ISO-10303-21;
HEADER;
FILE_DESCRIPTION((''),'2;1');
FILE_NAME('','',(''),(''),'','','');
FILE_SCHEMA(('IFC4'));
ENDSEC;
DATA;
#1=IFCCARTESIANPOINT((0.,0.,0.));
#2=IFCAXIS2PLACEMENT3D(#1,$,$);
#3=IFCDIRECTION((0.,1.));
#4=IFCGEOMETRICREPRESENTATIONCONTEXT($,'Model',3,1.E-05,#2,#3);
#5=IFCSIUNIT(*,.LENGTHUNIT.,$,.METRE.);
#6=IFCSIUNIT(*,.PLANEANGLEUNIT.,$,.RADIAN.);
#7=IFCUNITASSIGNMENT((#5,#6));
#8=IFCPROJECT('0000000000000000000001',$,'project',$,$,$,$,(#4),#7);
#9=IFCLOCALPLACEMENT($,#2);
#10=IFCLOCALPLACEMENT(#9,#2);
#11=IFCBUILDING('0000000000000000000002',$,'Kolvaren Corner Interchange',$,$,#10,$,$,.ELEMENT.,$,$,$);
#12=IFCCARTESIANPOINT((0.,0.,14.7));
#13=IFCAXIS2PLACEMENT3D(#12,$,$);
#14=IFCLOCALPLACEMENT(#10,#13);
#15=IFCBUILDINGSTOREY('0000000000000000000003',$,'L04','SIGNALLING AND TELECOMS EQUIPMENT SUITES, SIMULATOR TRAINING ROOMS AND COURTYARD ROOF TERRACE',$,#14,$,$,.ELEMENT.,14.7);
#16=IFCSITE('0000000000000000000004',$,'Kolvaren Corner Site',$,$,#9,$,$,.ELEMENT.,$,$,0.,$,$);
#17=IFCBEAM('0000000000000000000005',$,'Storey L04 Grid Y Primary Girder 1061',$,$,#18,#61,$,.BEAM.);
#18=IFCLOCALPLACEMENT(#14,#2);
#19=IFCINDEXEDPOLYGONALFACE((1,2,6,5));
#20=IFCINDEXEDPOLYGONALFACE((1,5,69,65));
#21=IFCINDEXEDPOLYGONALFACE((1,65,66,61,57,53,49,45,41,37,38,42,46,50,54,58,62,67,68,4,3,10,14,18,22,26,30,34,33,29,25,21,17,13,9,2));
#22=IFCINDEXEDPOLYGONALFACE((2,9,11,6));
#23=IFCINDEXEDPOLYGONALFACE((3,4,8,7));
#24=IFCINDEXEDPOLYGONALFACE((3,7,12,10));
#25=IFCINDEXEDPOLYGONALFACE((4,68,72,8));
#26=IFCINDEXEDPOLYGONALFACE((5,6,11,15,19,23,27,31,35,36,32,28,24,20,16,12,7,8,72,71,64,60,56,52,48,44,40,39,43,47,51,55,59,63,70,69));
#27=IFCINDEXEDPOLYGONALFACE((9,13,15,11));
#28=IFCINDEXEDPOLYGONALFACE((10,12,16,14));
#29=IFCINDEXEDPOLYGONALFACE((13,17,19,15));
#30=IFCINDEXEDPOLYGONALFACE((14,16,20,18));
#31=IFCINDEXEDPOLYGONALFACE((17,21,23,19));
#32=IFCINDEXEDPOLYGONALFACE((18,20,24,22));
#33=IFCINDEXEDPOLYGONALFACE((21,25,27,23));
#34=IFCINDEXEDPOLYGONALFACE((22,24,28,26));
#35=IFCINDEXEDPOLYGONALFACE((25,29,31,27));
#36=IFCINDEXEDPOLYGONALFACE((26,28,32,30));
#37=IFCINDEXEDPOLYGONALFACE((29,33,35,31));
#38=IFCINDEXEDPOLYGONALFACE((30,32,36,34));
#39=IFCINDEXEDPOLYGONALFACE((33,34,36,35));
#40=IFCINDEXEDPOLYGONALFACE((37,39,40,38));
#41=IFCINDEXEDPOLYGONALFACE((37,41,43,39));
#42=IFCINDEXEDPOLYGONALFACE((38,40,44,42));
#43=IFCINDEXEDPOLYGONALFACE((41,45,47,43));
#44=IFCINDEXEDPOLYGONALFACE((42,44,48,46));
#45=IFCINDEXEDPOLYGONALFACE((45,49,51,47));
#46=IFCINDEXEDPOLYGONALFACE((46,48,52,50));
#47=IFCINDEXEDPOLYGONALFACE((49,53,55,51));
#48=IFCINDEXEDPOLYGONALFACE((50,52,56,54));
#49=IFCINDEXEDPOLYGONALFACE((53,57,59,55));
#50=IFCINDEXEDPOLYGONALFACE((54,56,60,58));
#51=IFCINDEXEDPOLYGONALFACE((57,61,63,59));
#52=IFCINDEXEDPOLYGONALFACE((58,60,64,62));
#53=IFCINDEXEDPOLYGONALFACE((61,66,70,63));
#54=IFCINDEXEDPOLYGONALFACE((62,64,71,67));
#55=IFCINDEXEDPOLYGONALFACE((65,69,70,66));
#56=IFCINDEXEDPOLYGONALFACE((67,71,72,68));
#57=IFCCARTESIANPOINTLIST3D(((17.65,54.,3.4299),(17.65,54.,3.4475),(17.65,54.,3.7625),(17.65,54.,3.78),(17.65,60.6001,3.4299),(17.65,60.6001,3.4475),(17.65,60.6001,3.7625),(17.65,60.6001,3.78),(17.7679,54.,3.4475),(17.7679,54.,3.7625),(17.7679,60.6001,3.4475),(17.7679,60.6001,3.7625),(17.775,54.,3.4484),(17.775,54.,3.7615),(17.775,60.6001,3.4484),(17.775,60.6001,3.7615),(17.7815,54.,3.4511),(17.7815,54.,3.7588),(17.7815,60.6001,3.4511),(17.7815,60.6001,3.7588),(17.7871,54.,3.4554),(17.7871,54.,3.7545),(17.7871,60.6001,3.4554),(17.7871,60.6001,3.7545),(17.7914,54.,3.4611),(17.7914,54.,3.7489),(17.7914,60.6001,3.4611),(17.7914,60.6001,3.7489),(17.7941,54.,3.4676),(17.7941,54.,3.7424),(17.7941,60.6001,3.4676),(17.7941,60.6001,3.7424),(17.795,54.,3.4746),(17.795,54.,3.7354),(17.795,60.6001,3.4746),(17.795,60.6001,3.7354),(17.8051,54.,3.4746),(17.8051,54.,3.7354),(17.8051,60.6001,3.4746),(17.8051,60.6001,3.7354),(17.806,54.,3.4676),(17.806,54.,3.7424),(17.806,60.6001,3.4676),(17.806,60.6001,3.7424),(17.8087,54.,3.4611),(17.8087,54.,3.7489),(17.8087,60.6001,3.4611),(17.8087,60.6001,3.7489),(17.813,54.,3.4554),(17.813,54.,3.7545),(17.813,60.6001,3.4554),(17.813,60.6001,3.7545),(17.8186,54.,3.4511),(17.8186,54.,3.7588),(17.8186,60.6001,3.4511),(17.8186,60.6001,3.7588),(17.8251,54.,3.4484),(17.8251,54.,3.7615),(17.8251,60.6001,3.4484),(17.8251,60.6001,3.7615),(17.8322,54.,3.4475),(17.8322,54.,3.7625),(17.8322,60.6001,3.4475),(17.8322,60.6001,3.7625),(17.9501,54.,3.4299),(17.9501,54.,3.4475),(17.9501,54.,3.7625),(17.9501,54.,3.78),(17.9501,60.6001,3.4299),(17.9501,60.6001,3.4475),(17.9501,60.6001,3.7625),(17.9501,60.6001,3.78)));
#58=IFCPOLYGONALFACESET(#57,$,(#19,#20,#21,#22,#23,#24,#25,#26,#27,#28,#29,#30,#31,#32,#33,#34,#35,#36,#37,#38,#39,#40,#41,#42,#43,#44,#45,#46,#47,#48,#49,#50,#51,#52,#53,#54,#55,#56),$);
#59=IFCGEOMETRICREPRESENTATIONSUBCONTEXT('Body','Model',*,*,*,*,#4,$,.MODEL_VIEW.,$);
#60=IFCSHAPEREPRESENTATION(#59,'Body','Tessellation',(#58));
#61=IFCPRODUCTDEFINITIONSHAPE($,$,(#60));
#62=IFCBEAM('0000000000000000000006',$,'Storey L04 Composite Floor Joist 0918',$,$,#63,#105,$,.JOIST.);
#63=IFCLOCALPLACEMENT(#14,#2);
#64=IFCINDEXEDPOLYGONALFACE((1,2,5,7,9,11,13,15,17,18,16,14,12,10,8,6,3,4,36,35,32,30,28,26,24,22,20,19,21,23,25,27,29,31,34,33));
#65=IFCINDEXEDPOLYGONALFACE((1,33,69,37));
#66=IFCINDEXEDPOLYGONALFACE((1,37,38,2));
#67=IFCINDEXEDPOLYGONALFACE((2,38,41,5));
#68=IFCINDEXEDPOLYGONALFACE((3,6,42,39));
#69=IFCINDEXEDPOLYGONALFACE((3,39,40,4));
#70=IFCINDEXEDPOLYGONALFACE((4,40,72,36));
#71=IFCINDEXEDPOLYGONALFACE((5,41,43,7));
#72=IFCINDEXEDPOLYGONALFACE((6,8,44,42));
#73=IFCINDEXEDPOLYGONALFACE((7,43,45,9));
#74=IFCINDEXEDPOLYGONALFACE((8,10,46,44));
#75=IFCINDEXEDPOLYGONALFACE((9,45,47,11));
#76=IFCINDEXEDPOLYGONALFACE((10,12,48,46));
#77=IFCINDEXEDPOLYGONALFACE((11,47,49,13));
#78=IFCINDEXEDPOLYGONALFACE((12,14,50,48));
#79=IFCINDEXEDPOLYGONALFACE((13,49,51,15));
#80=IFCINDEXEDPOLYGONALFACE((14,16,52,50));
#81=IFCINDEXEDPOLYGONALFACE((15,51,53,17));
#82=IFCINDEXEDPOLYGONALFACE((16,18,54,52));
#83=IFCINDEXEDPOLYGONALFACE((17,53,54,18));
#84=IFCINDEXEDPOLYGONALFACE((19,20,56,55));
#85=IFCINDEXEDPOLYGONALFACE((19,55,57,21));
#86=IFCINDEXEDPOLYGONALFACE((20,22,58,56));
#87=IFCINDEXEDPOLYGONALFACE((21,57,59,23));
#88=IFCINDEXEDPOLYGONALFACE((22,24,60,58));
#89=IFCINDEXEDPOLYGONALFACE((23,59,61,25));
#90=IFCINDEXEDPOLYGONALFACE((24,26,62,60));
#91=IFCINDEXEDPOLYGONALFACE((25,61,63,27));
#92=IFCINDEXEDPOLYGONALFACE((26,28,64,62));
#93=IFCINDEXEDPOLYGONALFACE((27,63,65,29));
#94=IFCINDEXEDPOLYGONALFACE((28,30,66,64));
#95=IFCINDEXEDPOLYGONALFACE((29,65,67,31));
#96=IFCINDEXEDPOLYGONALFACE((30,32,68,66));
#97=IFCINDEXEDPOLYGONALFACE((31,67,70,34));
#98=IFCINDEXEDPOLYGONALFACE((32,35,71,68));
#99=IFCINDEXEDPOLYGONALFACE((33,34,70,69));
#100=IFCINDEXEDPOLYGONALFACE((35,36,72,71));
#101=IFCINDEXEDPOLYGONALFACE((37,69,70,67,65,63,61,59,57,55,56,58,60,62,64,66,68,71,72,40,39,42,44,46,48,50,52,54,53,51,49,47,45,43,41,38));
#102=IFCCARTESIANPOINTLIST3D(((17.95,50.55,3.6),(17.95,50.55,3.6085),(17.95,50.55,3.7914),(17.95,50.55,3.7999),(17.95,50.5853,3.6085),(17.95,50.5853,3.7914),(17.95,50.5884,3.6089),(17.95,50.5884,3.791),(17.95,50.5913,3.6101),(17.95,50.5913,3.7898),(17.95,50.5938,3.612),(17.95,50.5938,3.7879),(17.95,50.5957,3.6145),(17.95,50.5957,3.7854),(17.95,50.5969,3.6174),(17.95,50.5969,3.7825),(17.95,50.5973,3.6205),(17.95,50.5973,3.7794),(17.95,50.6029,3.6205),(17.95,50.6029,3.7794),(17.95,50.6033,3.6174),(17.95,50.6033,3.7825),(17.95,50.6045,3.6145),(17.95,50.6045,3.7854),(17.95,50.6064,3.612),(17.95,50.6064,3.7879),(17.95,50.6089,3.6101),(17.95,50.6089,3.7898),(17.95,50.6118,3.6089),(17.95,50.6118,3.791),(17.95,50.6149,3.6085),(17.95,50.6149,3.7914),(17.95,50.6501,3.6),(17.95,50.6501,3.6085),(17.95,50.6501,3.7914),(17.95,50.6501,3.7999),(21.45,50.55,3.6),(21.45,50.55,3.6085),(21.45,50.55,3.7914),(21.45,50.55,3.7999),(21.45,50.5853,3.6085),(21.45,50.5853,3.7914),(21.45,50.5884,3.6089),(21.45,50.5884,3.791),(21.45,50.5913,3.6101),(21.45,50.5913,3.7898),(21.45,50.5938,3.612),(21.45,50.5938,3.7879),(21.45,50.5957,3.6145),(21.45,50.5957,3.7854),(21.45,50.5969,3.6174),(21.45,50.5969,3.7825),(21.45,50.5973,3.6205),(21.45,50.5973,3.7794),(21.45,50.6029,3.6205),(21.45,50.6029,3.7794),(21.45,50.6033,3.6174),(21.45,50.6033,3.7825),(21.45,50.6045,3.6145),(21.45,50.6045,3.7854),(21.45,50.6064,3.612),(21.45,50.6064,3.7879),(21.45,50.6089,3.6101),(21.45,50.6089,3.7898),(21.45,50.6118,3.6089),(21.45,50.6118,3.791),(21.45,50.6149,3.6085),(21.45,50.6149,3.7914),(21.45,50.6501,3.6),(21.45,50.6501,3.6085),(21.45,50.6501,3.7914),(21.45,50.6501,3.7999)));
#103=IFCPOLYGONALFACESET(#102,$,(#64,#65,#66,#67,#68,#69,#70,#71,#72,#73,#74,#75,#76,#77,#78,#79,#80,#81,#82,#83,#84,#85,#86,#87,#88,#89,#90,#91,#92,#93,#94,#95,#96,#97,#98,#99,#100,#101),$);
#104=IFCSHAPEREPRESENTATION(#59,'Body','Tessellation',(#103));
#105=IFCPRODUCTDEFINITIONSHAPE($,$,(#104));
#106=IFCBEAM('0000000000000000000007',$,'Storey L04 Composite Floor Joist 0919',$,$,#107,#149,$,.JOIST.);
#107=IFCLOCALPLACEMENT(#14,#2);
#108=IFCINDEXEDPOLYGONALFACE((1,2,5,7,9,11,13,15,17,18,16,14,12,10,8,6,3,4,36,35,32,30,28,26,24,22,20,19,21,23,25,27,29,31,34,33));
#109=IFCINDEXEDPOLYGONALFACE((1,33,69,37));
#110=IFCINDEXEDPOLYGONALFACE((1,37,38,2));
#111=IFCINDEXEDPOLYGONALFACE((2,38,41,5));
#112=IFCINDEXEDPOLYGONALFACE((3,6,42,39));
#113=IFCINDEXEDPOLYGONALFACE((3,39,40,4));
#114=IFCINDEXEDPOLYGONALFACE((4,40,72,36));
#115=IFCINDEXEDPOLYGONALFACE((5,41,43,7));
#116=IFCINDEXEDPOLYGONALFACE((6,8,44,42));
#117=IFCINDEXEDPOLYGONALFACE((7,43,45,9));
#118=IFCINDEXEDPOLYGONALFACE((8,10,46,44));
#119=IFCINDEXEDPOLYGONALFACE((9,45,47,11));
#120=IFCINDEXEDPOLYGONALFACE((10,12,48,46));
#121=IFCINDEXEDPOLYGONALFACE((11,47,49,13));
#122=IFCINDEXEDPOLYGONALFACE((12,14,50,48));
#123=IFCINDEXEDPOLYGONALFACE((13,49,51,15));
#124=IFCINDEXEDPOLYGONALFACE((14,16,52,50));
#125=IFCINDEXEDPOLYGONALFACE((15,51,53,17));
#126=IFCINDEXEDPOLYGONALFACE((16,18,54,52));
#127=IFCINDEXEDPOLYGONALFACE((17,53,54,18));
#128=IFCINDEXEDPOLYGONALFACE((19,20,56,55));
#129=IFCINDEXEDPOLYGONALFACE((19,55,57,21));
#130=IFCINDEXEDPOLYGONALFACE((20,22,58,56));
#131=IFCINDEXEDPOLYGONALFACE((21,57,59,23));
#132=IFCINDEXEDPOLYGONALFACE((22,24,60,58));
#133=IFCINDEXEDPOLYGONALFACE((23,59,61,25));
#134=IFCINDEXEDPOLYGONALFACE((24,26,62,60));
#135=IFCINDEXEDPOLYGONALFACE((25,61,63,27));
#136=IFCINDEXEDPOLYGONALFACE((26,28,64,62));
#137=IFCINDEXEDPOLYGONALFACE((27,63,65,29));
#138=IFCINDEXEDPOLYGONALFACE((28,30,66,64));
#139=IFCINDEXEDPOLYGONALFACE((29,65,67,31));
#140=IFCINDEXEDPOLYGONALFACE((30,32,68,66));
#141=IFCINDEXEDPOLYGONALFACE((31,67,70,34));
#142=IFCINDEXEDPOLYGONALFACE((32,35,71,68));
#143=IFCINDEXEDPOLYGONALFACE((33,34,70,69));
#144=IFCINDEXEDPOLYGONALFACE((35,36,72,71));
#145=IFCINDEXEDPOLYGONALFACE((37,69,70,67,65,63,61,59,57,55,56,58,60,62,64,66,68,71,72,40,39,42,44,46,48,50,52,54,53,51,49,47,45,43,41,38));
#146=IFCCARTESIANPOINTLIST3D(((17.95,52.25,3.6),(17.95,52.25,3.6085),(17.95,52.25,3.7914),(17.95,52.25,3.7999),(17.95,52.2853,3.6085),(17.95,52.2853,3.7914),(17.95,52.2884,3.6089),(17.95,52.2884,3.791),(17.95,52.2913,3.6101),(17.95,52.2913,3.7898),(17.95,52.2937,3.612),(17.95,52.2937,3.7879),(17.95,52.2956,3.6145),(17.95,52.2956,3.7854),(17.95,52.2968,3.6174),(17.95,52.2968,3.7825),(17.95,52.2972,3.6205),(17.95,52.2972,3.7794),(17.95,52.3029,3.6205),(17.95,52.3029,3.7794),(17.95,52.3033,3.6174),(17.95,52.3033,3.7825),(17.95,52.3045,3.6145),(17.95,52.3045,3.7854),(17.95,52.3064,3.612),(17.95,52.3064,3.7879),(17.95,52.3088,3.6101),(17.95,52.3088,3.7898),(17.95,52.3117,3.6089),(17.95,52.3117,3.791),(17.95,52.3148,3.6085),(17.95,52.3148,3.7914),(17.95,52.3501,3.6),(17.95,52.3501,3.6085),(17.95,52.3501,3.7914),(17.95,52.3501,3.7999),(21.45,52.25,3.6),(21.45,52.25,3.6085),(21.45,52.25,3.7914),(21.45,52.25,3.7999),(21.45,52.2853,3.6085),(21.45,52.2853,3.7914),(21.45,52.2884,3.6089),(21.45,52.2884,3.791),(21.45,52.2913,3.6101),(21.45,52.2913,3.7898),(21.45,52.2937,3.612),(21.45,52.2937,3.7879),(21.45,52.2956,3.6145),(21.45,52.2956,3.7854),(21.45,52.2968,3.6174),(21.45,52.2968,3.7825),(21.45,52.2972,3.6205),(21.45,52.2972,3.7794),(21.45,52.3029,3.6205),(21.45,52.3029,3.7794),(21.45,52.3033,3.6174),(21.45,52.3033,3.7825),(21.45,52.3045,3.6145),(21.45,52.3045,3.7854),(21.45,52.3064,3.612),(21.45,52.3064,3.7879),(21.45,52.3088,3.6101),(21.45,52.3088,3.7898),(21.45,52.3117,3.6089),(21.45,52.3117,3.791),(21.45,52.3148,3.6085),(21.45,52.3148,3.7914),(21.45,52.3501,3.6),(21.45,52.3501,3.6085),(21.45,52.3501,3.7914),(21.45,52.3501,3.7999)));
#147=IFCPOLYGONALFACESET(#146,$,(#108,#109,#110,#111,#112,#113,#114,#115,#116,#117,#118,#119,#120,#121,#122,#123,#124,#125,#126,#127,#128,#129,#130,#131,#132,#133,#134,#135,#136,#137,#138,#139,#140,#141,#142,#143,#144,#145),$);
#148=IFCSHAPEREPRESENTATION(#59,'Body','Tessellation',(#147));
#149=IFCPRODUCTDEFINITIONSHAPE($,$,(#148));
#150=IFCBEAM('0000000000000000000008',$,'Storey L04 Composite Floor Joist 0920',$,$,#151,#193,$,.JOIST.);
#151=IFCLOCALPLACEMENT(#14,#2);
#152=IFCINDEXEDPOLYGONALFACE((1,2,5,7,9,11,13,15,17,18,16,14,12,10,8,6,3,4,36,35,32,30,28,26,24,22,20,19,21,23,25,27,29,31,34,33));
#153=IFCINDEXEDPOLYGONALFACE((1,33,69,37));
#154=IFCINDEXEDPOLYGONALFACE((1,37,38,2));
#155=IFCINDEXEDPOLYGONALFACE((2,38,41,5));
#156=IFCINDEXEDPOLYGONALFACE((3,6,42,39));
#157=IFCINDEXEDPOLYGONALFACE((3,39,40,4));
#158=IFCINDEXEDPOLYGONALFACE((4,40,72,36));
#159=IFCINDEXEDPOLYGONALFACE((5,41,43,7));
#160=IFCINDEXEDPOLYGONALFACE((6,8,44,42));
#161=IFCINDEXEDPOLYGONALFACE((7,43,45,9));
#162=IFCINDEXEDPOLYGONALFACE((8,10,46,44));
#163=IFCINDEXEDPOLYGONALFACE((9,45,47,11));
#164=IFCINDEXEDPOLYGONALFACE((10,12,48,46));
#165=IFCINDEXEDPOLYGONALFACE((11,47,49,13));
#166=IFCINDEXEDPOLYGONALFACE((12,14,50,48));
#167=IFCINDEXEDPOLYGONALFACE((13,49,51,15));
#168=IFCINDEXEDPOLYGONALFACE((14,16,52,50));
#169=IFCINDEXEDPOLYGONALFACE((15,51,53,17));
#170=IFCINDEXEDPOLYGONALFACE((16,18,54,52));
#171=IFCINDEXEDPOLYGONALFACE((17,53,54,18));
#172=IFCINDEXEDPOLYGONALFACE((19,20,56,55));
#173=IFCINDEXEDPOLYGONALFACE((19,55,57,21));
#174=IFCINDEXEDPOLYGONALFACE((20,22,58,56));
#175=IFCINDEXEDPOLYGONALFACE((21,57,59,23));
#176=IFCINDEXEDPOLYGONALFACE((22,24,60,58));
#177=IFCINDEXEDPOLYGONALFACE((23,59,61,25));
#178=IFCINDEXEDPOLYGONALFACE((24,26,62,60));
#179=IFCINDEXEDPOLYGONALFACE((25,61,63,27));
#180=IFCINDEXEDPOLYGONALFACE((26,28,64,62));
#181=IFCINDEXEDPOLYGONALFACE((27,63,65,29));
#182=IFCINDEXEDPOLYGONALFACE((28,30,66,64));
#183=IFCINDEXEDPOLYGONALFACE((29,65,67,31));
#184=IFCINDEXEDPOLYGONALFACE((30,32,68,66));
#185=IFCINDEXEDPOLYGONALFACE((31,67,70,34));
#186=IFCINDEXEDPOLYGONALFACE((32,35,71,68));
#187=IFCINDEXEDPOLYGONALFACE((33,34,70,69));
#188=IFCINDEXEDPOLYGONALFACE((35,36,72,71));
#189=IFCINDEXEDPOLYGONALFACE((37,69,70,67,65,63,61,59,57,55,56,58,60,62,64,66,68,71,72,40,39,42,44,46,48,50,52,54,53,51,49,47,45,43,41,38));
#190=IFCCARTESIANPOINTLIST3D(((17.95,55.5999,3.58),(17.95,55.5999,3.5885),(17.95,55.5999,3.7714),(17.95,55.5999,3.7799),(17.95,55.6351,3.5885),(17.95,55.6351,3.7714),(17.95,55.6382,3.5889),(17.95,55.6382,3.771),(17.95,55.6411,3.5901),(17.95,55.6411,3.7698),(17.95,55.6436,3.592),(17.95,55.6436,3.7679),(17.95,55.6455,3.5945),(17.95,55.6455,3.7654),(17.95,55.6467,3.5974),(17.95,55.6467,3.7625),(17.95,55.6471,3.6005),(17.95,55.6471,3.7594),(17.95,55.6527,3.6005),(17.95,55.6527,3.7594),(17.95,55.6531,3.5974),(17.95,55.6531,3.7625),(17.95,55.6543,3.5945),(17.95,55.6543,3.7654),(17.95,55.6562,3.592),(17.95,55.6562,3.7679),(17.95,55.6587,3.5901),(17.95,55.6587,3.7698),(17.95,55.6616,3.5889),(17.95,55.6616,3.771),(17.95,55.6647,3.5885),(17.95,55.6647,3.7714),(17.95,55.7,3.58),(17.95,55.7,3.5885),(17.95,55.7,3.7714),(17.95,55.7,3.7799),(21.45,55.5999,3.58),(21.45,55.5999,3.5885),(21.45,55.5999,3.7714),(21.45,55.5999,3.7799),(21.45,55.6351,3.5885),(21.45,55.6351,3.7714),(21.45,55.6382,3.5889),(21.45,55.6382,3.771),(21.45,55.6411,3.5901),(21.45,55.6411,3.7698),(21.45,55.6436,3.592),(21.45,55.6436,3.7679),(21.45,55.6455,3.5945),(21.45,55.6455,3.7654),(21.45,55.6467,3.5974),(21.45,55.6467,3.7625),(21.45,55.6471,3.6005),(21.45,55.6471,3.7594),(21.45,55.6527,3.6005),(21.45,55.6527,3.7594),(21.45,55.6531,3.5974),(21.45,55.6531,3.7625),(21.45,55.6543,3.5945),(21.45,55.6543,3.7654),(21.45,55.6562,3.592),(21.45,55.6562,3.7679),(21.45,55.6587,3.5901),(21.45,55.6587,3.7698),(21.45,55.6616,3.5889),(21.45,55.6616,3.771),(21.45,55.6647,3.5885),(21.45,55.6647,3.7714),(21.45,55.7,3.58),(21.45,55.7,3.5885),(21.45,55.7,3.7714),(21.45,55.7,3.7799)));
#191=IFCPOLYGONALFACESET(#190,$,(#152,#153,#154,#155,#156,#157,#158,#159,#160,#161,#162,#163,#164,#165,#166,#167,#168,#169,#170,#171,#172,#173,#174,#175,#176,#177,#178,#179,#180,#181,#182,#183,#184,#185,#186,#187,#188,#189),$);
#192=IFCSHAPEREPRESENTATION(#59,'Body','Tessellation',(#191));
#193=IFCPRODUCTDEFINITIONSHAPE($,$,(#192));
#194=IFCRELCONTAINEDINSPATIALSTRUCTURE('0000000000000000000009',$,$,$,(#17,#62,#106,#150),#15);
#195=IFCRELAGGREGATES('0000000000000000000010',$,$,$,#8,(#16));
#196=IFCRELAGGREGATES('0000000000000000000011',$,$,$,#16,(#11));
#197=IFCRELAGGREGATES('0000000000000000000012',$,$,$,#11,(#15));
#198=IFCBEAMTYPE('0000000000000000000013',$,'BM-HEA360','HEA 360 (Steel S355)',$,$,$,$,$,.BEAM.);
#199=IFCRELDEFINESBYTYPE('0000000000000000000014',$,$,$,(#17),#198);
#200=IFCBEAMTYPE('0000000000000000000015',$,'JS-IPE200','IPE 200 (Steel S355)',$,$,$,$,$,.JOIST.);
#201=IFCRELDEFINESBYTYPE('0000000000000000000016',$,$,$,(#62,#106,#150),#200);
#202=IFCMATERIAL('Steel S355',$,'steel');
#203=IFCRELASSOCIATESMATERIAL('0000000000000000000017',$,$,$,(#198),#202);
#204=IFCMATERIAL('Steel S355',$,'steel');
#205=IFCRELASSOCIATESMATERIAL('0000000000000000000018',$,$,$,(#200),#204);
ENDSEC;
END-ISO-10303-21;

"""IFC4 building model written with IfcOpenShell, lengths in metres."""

from ifc_helpers import new_model, si_unit, direction, frame, origin, origin_2d, place, context, subcontext, project, spatial, i_section, extrude, material, material_profile, profile_set, type_object, element, save


model = new_model("IFC4")

# Units and contexts
model_context = context("Model", 3, precision=1e-05, world=origin(), true_north=direction((0.0, 1.0)))
body_context = subcontext(model_context, "Body", "Model", "MODEL_VIEW")
ifc_project = project(units=[si_unit("LENGTHUNIT", "METRE"), si_unit("PLANEANGLEUNIT", "RADIAN")], contexts=[model_context])

# Site, building, storey
site_placement = place(None, origin())
site = spatial("IfcSite", under=ifc_project, at=site_placement, Name="Kolvaren Corner Site", CompositionType="ELEMENT", RefElevation=0.0)
building_placement = place(site_placement, origin())
building = spatial("IfcBuilding", under=site, at=building_placement, Name="Kolvaren Corner Interchange", CompositionType="ELEMENT")
storey_placement = place(building_placement, frame((0.0, 0.0, 14.7)))
storey = spatial("IfcBuildingStorey", under=building, at=storey_placement, Name="L04", Description="SIGNALLING AND TELECOMS EQUIPMENT SUITES, SIMULATOR TRAINING ROOMS AND COURTYARD ROOF TERRACE", CompositionType="ELEMENT", Elevation=14.7)

# Beams
ifc_material_1 = material(Name="Steel S355", Category="steel")
ifc_material_profile_1 = material_profile(ifc_material_1, i_section(OverallWidth=0.3, OverallDepth=0.3501, WebThickness=0.01, FlangeThickness=0.0176, FilletRadius=0.0271, at=origin_2d()), Name="HEA 360")
ifc_profile_set_1 = profile_set([ifc_material_profile_1], Name="Steel S355")
beam_type_1 = type_object("IfcBeamType", Name="BM-HEA360", Description="HEA 360 (Steel S355)", PredefinedType="BEAM", material=ifc_profile_set_1)
beam_placement = place(storey_placement, frame((17.8, 54.0, 3.605), z_axis=(0.0, 1.0, 0.0), x_axis=(-1.0, 0.0, 0.0)))
element("IfcBeam", 1, at=beam_placement, inside=storey, type_object=beam_type_1, Name="Storey L04 Grid Y Primary Girder 1061", PredefinedType="BEAM", context=body_context, shape_type="SweptSolid", body=[
    extrude(i_section(OverallWidth=0.3, OverallDepth=0.3501, WebThickness=0.01, FlangeThickness=0.0176, FilletRadius=0.0271, at=origin_2d()), origin(), (0.0, 0.0, 1.0), 6.6001),
])
ifc_material_2 = material(Name="Steel S355", Category="steel")
ifc_material_profile_2 = material_profile(ifc_material_2, i_section(OverallWidth=0.1001, OverallDepth=0.2, WebThickness=0.0056, FlangeThickness=0.0085, FilletRadius=0.012, at=origin_2d()), Name="IPE 200")
ifc_profile_set_2 = profile_set([ifc_material_profile_2], Name="Steel S355")
beam_type_2 = type_object("IfcBeamType", Name="JS-IPE200", Description="IPE 200 (Steel S355)", PredefinedType="JOIST", material=ifc_profile_set_2)
for number, where, z_axis, x_axis, name in (
    (2, (17.95, 50.6001, 3.7), (1.0, 0.0, 0.0), (0.0, 1.0, 0.0), "Storey L04 Composite Floor Joist 0918"),
    (3, (17.95, 52.3, 3.7), (1.0, 0.0, 0.0), (0.0, 1.0, 0.0), "Storey L04 Composite Floor Joist 0919"),
    (4, (17.95, 55.6499, 3.6799), (1.0, 0.0, 0.0), (0.0, 1.0, 0.0), "Storey L04 Composite Floor Joist 0920"),
):
    element("IfcBeam", number, at=place(storey_placement, frame(where, z_axis=z_axis, x_axis=x_axis)), inside=storey, type_object=beam_type_2, Name=name, PredefinedType="JOIST", context=body_context, shape_type="SweptSolid", body=[
        extrude(i_section(OverallWidth=0.1001, OverallDepth=0.2, WebThickness=0.0056, FlangeThickness=0.0085, FilletRadius=0.012, at=origin_2d()), origin(), (0.0, 0.0, 1.0), 3.5),
    ])

save(model, "model.ifc")
